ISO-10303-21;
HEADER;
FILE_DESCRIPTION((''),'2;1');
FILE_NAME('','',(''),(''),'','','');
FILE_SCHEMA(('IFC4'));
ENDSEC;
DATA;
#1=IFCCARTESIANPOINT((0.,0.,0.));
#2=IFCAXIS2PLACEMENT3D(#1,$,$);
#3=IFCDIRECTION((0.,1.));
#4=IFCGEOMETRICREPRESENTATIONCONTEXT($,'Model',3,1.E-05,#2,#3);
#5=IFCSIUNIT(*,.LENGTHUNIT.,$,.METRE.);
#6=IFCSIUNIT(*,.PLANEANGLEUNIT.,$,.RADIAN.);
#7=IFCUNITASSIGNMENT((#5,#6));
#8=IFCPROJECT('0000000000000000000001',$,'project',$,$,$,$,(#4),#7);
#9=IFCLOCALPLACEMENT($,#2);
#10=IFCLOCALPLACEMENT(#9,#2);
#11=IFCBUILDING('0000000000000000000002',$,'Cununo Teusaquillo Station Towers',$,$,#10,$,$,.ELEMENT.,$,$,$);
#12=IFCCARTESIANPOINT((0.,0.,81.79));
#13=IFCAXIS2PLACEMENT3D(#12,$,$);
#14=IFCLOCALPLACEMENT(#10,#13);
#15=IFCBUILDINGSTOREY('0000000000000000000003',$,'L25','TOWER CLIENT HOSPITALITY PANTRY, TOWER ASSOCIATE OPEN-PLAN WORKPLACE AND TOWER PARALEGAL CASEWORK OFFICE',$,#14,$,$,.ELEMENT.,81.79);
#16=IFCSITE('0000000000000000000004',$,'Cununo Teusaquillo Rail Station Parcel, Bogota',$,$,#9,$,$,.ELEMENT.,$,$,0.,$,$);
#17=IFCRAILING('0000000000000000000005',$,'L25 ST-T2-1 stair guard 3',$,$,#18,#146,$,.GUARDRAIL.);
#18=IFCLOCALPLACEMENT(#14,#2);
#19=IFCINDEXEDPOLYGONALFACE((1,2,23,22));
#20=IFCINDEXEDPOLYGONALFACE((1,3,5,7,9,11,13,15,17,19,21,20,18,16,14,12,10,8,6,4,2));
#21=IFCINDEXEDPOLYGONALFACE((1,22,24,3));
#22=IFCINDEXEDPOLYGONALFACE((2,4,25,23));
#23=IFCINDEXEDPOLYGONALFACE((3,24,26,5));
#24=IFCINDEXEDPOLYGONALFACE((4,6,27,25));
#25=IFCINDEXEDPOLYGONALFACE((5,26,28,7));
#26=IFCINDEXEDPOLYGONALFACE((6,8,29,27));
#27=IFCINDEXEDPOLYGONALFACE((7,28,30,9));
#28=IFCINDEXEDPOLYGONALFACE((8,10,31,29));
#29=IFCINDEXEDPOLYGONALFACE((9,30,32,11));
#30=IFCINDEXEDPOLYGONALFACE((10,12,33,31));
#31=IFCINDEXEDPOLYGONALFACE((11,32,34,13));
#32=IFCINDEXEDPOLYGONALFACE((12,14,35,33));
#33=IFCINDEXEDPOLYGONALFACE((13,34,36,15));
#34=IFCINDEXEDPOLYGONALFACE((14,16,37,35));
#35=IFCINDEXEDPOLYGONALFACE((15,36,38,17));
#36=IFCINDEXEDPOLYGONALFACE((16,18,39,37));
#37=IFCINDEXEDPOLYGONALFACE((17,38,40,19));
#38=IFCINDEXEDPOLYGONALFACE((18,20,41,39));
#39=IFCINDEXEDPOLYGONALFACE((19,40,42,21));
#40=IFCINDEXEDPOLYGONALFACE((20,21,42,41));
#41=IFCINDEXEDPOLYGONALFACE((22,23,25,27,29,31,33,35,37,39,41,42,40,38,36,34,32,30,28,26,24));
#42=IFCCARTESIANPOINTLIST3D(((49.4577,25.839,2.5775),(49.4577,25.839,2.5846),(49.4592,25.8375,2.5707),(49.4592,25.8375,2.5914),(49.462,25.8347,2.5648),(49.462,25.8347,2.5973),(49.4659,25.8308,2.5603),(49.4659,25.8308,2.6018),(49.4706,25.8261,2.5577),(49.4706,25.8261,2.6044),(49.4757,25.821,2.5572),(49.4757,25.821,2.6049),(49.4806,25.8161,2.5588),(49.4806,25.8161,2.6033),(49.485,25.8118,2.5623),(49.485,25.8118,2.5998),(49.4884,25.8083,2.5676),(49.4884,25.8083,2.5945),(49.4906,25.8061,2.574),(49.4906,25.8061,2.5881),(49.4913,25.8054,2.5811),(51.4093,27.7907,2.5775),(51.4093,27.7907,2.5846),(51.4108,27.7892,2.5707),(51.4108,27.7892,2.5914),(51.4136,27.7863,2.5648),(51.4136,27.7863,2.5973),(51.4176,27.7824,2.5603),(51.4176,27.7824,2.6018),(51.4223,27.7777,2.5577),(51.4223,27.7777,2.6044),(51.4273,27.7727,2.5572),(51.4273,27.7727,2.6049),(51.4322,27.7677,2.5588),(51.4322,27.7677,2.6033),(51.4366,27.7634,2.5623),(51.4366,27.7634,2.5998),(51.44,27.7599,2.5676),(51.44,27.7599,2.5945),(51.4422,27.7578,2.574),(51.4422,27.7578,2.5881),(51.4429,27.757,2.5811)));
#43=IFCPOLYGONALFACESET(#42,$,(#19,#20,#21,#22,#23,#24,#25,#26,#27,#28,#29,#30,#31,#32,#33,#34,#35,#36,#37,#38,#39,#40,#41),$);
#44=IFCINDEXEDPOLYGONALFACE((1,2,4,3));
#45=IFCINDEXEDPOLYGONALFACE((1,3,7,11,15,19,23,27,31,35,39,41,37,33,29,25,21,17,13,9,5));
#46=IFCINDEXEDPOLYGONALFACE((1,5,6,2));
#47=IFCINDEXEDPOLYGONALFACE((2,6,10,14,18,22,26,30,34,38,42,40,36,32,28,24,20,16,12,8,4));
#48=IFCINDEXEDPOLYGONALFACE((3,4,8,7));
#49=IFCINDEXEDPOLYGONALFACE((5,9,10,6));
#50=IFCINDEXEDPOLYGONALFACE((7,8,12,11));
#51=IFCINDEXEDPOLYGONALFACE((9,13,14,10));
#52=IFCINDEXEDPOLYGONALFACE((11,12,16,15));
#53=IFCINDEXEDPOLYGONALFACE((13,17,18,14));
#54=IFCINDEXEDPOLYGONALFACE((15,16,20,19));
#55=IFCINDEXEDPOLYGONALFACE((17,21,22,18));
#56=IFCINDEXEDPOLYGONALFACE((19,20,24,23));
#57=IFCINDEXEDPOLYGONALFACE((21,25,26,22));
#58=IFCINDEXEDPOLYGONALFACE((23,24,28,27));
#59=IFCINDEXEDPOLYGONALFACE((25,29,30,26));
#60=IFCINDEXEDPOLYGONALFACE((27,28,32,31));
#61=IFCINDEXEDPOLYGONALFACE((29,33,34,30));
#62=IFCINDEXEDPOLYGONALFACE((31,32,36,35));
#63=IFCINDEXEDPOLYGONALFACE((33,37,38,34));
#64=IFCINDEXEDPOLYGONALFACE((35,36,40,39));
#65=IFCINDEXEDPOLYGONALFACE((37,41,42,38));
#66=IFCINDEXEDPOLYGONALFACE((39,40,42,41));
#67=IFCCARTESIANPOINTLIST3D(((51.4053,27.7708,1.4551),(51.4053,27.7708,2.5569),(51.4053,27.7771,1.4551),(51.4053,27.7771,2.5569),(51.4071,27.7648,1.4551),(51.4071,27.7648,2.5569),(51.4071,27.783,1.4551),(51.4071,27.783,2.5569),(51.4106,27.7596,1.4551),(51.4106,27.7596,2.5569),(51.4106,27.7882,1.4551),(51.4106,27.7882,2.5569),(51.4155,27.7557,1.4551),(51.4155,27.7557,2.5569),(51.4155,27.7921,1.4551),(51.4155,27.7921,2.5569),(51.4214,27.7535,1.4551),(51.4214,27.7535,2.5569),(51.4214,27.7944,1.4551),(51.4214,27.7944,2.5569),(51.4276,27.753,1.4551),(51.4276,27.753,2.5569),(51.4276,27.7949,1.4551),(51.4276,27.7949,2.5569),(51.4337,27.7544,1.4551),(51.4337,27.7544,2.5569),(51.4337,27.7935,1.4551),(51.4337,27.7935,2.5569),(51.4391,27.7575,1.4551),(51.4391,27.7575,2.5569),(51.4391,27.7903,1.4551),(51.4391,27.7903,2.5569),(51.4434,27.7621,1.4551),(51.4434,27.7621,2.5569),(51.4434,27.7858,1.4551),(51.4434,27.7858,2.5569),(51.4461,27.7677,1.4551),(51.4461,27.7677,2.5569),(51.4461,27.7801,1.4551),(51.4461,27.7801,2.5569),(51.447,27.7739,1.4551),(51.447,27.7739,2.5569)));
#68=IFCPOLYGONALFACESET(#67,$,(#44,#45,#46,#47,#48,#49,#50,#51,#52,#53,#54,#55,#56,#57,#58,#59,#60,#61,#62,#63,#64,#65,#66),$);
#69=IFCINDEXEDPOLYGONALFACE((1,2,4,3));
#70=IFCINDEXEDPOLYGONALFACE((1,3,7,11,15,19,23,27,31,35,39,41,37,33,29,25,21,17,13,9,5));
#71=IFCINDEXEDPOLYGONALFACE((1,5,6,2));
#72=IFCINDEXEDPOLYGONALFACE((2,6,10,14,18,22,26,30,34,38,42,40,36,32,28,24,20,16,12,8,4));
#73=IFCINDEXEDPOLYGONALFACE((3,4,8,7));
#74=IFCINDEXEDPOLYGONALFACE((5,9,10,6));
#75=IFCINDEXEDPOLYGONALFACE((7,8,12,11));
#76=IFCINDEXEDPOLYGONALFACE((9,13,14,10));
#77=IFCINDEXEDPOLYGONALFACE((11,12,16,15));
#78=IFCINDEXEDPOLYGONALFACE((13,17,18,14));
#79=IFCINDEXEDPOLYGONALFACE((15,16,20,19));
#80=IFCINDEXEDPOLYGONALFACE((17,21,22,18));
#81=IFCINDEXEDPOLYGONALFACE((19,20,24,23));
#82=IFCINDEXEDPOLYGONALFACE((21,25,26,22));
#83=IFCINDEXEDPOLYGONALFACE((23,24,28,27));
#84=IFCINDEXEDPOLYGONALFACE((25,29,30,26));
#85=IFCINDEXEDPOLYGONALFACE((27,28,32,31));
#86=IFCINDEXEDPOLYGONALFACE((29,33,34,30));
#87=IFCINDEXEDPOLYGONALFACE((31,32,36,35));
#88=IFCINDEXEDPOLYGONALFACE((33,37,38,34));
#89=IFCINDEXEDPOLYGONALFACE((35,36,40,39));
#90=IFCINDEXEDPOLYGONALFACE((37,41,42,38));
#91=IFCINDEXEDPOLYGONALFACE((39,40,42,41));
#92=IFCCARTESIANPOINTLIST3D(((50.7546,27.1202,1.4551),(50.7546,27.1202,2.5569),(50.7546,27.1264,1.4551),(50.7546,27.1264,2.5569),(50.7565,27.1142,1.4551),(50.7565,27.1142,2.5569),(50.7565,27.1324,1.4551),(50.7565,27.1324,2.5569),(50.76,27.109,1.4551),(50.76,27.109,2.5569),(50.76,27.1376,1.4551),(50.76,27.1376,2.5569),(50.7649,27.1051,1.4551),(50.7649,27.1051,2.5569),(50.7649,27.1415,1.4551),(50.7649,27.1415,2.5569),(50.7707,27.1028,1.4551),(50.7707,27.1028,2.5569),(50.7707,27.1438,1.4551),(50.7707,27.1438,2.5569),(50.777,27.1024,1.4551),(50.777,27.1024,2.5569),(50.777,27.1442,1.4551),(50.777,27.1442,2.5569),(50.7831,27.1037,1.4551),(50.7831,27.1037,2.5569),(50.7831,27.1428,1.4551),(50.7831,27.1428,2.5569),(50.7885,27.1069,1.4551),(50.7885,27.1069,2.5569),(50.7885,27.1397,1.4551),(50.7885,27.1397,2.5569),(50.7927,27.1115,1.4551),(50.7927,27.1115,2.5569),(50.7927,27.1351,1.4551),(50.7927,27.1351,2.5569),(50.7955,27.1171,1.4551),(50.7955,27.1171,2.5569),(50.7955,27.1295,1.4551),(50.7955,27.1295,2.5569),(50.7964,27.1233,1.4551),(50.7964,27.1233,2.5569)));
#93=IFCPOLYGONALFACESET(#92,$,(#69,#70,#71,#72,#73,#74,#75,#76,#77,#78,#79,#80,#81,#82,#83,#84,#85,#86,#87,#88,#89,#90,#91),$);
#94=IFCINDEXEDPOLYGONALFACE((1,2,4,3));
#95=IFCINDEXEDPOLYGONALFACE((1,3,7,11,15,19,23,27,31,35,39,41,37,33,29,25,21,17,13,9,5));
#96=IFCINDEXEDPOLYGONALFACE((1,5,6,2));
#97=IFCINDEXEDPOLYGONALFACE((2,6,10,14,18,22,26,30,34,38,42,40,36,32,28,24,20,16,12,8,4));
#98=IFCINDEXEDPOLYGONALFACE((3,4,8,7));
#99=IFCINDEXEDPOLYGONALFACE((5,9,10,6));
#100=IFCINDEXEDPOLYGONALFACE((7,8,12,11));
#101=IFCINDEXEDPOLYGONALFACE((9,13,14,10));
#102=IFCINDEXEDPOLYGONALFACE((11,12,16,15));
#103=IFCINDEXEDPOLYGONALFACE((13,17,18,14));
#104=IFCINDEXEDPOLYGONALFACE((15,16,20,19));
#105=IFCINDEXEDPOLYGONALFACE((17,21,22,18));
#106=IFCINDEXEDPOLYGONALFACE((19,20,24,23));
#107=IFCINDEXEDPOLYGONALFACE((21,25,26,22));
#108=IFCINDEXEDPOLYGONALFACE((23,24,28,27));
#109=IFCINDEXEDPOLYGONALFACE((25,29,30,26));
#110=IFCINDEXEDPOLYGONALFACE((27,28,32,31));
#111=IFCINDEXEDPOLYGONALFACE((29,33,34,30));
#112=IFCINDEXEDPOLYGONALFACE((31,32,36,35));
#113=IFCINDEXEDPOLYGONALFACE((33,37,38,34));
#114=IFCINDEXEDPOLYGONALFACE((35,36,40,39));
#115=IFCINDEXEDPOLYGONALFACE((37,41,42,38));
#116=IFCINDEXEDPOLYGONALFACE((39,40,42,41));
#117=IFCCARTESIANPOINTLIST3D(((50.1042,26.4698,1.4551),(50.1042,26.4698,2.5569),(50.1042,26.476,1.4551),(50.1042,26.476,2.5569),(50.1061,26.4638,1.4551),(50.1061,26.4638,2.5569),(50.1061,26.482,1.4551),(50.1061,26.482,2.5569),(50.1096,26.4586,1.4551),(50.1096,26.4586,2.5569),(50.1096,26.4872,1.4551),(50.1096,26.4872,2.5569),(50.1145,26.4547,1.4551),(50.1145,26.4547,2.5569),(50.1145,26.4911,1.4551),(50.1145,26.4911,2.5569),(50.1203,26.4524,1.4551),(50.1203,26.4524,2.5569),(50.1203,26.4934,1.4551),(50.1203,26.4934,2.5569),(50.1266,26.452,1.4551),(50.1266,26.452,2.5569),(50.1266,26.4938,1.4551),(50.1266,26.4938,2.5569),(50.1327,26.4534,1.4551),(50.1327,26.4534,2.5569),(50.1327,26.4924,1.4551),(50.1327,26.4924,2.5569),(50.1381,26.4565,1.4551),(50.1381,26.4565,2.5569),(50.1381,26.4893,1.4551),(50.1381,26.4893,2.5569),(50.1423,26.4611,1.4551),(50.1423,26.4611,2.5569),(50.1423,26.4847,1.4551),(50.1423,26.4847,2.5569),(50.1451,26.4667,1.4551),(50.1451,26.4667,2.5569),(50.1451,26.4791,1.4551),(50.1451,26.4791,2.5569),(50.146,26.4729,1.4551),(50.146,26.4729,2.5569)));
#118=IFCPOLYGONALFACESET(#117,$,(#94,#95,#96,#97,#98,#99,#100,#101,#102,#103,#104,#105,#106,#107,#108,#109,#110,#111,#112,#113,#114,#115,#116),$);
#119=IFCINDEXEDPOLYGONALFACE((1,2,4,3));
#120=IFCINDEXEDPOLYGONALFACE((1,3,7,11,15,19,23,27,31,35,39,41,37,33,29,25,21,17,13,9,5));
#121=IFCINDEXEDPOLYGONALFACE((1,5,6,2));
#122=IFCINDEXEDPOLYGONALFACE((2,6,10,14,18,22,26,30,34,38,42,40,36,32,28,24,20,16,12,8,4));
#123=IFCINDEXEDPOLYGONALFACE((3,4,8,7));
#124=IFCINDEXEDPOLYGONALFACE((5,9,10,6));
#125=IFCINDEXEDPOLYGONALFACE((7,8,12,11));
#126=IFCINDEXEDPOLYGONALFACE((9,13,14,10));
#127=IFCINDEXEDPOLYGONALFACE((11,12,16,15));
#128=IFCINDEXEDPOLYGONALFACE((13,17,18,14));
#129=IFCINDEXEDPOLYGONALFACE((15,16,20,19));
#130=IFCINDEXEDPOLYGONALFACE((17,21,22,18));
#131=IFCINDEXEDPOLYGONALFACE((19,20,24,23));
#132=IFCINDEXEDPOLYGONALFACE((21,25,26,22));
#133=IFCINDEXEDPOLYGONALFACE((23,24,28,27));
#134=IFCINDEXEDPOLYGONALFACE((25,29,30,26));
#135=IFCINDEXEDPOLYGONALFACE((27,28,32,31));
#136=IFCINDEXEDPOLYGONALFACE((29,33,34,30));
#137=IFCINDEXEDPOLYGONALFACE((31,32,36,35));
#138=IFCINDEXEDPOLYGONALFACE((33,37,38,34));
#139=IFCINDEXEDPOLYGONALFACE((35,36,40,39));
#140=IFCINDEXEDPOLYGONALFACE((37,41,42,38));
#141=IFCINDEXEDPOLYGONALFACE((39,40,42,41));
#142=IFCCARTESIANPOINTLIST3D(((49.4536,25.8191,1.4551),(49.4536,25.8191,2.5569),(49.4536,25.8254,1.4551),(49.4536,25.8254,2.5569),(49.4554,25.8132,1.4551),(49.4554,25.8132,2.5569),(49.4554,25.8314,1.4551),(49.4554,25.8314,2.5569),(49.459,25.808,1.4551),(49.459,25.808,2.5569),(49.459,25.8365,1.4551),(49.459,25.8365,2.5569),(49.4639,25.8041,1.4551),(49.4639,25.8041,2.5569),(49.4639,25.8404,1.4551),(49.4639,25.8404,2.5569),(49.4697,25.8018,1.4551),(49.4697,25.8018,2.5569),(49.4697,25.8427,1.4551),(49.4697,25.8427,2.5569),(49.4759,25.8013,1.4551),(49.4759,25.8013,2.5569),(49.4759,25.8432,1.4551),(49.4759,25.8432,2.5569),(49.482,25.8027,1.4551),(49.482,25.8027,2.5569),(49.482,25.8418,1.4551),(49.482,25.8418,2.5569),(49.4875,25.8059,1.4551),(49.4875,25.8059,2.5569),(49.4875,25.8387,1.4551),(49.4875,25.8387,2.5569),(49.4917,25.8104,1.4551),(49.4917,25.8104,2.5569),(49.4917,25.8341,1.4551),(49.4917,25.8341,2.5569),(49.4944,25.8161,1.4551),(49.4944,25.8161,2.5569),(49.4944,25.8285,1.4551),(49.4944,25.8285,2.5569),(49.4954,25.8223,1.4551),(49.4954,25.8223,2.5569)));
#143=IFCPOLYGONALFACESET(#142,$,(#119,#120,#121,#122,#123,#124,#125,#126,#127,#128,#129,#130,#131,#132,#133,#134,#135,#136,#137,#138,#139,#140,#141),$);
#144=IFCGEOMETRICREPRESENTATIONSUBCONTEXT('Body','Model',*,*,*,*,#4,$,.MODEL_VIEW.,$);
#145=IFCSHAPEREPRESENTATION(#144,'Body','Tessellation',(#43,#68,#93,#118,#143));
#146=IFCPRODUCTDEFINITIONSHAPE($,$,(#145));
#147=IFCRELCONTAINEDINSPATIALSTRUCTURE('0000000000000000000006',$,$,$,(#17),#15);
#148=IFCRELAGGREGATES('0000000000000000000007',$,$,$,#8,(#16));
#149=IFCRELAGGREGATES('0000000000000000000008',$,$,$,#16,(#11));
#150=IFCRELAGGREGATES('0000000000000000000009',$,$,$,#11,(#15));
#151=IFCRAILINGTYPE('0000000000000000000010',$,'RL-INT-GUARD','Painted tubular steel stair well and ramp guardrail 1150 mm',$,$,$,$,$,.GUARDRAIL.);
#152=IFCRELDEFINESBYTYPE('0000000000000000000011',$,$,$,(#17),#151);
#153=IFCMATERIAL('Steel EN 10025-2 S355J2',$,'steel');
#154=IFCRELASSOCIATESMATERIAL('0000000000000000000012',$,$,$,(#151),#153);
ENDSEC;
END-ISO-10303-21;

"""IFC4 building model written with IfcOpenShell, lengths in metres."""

from ifc_helpers import new_model, si_unit, direction, frame, origin, origin_2d, place, context, subcontext, project, spatial, circle, extrude, material, type_object, element, save


model = new_model("IFC4")

# Units and contexts
model_context = context("Model", 3, precision=1e-05, world=origin(), true_north=direction((0.0, 1.0)))
body_context = subcontext(model_context, "Body", "Model", "MODEL_VIEW")
ifc_project = project(units=[si_unit("LENGTHUNIT", "METRE"), si_unit("PLANEANGLEUNIT", "RADIAN")], contexts=[model_context])

# Site, building, storey
site_placement = place(None, origin())
site = spatial("IfcSite", under=ifc_project, at=site_placement, Name="Cununo Teusaquillo Rail Station Parcel, Bogota", CompositionType="ELEMENT", RefElevation=0.0)
building_placement = place(site_placement, origin())
building = spatial("IfcBuilding", under=site, at=building_placement, Name="Cununo Teusaquillo Station Towers", CompositionType="ELEMENT")
storey_placement = place(building_placement, frame((0.0, 0.0, 81.79)))
storey = spatial("IfcBuildingStorey", under=building, at=storey_placement, Name="L25", Description="TOWER CLIENT HOSPITALITY PANTRY, TOWER ASSOCIATE OPEN-PLAN WORKPLACE AND TOWER PARALEGAL CASEWORK OFFICE", CompositionType="ELEMENT", Elevation=81.79)

# Railing
ifc_material_1 = material(Name="Steel EN 10025-2 S355J2", Category="steel")
railing_type = type_object("IfcRailingType", Name="RL-INT-GUARD", Description="Painted tubular steel stair well and ramp guardrail 1150 mm", PredefinedType="GUARDRAIL", material=ifc_material_1)
railing_placement = place(storey_placement, frame((51.426, 27.7739, 1.4551)))
element("IfcRailing", 1, at=railing_placement, inside=storey, type_object=railing_type, Name="L25 ST-T2-1 stair guard 3", PredefinedType="GUARDRAIL", context=body_context, shape_type="SweptSolid", body=[
    extrude(circle(Radius=0.0239, at=origin_2d()), frame((0.0, 0.0, 1.126), z_axis=(-0.707107, -0.707107, 0.0), x_axis=(0.707107, -0.707107, 0.0)), (0.0, 0.0, 1.0), 2.76),
    extrude(circle(Radius=0.021, at=origin_2d()), origin(), (0.0, 0.0, 1.0), 1.1018),
    extrude(circle(Radius=0.021, at=origin_2d()), frame((-0.6506, -0.6506, 0.0)), (0.0, 0.0, 1.0), 1.1018),
    extrude(circle(Radius=0.021, at=origin_2d()), frame((-1.301, -1.301, 0.0)), (0.0, 0.0, 1.0), 1.1018),
    extrude(circle(Radius=0.021, at=origin_2d()), frame((-1.9517, -1.9517, 0.0)), (0.0, 0.0, 1.0), 1.1018),
])

save(model, "model.ifc")
